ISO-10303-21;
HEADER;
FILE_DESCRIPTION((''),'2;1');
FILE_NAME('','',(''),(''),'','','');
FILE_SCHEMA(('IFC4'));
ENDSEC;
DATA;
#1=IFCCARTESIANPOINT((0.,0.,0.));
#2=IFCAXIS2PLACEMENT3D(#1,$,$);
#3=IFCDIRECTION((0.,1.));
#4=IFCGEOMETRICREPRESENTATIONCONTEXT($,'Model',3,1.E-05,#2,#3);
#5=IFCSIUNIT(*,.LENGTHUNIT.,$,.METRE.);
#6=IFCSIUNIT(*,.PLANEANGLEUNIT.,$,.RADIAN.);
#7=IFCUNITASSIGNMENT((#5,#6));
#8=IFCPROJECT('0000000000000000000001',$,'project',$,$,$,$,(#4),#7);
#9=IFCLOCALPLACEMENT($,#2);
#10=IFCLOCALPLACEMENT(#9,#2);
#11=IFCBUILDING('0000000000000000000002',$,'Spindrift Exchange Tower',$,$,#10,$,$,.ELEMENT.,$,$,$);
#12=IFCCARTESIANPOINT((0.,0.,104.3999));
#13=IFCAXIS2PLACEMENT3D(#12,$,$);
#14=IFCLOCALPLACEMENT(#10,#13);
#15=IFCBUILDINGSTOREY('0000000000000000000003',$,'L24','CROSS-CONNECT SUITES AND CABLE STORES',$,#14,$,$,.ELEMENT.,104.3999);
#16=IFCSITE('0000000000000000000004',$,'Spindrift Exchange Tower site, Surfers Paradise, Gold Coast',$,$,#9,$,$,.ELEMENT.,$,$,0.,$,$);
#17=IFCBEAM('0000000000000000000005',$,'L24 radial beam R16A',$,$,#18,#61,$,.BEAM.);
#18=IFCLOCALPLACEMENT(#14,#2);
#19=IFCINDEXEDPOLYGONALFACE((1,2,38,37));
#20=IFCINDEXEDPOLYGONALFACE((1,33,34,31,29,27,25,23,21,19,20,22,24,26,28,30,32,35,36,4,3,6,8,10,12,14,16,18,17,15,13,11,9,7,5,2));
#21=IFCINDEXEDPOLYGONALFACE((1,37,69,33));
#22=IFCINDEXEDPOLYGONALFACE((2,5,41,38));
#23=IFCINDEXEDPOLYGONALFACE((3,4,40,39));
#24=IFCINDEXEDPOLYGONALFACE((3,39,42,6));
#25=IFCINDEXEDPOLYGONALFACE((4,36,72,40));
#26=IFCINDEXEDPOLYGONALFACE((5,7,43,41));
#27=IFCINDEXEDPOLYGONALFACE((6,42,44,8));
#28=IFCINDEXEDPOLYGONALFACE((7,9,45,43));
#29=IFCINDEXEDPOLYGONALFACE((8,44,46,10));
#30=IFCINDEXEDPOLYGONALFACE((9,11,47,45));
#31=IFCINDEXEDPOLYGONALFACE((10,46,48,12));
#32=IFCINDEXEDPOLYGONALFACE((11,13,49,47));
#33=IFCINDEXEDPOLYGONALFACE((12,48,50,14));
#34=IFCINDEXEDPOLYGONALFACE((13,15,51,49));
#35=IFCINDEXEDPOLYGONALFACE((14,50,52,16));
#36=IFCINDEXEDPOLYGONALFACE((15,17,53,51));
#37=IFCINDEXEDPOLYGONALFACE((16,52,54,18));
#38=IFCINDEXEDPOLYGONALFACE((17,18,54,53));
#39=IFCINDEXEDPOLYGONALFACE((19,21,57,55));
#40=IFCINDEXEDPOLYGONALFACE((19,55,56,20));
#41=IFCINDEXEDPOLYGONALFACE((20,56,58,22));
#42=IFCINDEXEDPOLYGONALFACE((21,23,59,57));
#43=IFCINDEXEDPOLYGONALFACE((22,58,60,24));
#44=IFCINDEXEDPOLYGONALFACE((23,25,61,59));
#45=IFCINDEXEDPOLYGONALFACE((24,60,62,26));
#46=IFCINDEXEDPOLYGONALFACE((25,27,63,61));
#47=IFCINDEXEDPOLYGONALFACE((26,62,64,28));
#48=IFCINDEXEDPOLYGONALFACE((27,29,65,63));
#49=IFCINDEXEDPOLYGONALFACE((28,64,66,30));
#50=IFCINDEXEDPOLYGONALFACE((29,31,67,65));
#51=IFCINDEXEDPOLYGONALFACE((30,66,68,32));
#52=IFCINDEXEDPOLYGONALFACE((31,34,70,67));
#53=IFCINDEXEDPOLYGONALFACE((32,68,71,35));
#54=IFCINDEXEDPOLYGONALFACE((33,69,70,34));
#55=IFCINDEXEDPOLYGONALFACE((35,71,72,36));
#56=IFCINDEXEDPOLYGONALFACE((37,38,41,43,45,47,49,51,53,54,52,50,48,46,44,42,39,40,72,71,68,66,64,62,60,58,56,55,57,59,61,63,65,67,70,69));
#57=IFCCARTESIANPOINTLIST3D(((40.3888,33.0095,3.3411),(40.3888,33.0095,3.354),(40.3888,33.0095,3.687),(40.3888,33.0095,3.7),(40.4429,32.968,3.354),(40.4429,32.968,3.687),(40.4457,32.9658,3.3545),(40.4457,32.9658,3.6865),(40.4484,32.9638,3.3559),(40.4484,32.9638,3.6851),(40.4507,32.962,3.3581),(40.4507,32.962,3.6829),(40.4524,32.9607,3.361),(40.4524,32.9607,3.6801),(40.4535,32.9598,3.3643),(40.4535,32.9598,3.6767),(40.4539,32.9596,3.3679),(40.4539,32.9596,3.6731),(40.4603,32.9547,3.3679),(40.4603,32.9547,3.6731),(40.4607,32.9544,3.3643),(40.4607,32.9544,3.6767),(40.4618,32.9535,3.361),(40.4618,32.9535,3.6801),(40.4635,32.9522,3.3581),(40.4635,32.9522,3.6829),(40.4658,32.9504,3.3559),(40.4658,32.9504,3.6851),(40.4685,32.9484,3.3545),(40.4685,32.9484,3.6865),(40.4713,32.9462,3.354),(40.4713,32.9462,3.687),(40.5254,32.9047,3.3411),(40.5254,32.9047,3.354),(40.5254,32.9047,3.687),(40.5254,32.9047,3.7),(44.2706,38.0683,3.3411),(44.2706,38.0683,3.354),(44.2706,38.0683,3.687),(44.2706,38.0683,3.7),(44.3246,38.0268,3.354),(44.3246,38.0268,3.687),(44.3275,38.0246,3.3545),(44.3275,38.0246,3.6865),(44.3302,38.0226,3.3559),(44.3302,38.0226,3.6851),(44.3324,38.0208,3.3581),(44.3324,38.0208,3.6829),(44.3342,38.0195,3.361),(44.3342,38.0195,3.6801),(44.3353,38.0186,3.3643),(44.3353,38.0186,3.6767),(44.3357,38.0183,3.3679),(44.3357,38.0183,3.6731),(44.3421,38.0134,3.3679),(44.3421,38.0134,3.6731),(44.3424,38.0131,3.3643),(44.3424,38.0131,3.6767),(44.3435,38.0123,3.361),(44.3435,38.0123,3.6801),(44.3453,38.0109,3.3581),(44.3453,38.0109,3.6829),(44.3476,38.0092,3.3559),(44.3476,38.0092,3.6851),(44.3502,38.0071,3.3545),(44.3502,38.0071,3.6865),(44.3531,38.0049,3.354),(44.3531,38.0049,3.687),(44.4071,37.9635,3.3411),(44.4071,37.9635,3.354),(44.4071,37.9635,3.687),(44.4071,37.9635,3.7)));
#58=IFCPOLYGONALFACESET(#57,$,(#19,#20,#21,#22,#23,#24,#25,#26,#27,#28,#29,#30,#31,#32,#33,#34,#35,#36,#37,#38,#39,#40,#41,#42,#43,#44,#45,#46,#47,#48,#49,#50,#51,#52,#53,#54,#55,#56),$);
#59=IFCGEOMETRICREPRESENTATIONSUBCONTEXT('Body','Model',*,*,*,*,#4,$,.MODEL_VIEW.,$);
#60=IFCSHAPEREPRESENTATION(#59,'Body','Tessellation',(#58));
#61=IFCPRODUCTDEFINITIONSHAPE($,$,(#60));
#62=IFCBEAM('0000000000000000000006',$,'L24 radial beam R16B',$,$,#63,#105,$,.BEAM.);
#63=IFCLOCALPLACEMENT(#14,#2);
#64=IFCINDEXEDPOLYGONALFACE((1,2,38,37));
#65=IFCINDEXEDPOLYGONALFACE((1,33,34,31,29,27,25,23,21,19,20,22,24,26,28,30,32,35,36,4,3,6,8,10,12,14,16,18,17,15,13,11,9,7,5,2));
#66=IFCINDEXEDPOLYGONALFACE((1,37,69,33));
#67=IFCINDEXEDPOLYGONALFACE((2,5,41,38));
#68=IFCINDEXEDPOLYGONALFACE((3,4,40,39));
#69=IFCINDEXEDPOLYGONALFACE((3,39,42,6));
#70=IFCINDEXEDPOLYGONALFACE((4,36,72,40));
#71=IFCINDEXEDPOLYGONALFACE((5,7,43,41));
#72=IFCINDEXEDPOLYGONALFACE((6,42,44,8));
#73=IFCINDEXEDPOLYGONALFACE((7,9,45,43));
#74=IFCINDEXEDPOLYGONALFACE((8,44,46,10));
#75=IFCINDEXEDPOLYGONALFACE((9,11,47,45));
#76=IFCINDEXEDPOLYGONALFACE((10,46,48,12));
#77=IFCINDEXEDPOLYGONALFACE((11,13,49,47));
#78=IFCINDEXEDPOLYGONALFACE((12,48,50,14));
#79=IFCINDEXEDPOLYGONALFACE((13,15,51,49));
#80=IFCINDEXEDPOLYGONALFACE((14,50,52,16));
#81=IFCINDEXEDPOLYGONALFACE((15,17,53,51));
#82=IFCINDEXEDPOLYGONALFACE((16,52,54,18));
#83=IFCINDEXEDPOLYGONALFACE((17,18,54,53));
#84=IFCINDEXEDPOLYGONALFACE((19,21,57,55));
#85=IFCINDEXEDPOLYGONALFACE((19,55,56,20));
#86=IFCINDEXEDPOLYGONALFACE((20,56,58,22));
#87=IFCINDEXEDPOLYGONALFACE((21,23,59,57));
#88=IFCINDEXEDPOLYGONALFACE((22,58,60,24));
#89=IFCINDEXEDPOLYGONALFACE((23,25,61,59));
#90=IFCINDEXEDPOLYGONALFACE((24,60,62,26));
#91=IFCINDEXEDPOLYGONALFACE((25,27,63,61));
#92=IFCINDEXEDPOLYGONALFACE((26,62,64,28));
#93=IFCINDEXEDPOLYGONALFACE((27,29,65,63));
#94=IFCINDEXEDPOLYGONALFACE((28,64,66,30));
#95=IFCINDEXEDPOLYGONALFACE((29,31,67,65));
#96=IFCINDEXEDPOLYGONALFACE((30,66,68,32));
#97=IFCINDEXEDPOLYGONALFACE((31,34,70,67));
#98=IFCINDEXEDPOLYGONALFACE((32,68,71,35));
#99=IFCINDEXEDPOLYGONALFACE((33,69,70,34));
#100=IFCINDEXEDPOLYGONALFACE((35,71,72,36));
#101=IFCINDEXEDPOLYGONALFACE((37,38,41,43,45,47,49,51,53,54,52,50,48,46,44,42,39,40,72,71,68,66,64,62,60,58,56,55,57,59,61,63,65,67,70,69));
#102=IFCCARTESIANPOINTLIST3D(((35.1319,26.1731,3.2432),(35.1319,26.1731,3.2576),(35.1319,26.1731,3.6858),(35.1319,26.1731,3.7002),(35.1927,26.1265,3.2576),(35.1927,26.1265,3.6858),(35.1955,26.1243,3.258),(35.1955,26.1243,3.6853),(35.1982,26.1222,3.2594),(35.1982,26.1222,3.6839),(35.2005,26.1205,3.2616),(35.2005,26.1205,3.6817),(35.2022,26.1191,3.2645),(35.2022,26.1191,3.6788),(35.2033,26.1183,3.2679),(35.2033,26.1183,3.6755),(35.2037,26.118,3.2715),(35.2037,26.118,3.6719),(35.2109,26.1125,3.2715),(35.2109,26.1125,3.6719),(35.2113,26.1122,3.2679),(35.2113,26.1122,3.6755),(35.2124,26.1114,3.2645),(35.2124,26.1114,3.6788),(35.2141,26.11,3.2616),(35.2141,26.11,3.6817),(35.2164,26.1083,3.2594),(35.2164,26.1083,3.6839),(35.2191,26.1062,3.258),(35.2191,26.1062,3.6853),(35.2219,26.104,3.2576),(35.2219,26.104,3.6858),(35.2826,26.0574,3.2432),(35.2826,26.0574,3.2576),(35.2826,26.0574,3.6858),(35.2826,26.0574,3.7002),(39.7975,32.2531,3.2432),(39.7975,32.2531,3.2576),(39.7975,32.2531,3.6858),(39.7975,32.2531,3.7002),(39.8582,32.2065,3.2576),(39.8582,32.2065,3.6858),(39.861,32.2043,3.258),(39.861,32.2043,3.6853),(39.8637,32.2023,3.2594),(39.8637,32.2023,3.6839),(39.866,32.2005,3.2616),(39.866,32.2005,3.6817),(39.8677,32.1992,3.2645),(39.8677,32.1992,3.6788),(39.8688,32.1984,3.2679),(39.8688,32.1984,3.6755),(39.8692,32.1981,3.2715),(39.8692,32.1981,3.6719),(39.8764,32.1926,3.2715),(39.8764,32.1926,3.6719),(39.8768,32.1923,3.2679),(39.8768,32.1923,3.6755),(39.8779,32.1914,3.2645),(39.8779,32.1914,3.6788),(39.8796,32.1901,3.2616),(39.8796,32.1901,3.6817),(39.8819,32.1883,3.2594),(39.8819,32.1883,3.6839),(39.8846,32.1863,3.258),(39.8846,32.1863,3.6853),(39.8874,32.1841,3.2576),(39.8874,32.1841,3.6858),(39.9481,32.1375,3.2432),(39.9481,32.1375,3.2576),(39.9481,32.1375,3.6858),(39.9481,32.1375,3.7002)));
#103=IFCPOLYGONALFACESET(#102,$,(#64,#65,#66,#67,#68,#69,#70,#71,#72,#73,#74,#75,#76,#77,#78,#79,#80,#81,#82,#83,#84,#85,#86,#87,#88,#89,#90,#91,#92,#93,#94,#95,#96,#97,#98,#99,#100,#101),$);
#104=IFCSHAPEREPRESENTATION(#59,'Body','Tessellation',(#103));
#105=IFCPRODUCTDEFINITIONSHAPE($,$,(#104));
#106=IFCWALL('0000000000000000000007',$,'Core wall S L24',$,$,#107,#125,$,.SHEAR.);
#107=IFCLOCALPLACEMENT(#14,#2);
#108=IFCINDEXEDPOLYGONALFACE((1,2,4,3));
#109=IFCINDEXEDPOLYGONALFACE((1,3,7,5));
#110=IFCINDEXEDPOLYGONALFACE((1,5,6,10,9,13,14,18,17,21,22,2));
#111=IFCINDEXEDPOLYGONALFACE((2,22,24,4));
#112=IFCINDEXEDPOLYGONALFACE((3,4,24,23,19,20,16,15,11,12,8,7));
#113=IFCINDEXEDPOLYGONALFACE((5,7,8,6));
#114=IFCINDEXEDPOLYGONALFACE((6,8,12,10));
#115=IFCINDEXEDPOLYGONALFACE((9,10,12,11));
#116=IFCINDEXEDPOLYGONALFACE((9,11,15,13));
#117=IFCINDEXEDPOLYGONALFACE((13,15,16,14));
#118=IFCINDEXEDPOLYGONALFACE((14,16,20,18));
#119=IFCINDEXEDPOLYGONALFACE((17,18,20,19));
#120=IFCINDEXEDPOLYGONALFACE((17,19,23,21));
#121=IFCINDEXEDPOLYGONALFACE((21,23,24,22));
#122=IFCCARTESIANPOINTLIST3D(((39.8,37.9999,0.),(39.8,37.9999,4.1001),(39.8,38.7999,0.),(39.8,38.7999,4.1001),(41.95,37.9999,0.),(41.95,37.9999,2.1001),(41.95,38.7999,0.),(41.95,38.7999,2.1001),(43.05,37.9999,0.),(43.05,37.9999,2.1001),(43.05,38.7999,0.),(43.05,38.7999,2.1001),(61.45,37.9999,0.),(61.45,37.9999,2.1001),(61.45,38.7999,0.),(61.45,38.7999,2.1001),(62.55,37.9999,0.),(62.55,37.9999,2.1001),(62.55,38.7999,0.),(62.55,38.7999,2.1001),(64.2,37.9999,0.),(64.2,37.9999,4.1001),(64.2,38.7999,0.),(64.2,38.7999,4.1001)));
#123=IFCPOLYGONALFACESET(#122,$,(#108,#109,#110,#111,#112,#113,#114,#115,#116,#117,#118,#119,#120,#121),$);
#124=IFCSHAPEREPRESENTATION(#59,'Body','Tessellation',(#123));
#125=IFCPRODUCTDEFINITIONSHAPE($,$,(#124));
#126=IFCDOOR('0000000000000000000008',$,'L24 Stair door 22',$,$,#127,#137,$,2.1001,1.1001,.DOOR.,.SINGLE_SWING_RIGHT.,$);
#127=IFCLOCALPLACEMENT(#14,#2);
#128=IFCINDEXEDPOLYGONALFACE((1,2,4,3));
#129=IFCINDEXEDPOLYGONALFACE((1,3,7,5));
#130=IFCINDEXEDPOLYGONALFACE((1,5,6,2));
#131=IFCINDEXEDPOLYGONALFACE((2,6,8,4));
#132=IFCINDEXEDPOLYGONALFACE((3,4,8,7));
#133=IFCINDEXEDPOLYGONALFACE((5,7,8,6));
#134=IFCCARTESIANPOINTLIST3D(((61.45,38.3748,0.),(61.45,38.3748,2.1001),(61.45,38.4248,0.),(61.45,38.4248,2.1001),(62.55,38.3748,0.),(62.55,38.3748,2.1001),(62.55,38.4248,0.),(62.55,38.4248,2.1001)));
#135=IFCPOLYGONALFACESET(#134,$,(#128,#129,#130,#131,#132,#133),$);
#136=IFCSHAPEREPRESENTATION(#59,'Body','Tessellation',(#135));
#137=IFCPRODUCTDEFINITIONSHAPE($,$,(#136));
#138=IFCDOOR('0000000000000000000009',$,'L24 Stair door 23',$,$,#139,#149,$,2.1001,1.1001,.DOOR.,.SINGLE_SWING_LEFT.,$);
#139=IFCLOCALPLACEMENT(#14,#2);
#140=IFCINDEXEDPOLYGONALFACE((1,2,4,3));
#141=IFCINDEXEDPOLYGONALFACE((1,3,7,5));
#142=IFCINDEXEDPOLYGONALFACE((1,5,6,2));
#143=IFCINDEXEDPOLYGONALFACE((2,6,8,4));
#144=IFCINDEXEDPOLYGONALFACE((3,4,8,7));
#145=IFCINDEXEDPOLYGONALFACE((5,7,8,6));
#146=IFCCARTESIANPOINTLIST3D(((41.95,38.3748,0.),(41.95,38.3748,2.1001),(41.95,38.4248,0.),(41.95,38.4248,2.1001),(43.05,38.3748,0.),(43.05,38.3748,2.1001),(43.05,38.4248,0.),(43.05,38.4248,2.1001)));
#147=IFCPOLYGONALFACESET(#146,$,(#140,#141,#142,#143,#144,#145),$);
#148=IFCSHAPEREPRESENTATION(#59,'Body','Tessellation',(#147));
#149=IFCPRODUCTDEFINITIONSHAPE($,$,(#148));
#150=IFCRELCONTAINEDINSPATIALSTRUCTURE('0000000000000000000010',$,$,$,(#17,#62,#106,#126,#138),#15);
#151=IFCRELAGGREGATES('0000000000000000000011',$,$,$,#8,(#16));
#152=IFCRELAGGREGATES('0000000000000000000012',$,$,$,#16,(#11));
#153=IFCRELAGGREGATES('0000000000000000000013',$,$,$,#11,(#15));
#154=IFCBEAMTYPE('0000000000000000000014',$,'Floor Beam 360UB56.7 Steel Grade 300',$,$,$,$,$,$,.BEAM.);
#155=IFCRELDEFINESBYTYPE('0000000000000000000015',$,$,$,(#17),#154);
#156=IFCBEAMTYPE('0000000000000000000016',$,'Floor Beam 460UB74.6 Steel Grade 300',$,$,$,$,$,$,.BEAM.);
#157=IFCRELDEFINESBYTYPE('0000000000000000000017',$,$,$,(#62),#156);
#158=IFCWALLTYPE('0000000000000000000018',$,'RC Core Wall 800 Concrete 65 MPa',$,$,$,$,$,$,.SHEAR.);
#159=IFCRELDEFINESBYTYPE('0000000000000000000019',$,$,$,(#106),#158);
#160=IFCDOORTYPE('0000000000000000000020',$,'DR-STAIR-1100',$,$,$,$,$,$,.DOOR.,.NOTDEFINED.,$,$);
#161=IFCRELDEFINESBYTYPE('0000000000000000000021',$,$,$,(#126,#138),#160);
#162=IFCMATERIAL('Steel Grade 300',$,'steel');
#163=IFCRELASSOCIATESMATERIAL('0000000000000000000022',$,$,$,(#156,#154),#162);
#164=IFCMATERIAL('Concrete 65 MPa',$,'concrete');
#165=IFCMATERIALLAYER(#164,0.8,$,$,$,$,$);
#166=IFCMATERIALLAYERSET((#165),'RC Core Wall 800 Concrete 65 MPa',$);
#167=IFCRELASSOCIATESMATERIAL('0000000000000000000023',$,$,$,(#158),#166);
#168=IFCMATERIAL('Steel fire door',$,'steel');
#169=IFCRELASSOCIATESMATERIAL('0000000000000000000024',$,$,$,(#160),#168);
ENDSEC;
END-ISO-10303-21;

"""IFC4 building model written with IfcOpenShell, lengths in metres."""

from ifc_helpers import new_model, si_unit, direction, frame, frame_2d, origin, origin_2d, place, context, subcontext, project, spatial, rectangle, i_section, extrude, source, transform, mapped, material, layer, layer_set, material_profile, profile_set, type_object, element, fill, save


model = new_model("IFC4")

# Units and contexts
model_context = context("Model", 3, precision=1e-05, world=origin(), true_north=direction((0.0, 1.0)))
body_context = subcontext(model_context, "Body", "Model", "MODEL_VIEW")
ifc_project = project(units=[si_unit("LENGTHUNIT", "METRE"), si_unit("PLANEANGLEUNIT", "RADIAN")], contexts=[model_context])

# Site, building, storey
site_placement = place(None, origin())
site = spatial("IfcSite", under=ifc_project, at=site_placement, Name="Spindrift Exchange Tower site, Surfers Paradise, Gold Coast", CompositionType="ELEMENT", RefElevation=0.0)
building_placement = place(site_placement, origin())
building = spatial("IfcBuilding", under=site, at=building_placement, Name="Spindrift Exchange Tower", CompositionType="ELEMENT")
storey_placement = place(building_placement, frame((0.0, 0.0, 104.3999)))
storey = spatial("IfcBuildingStorey", under=building, at=storey_placement, Name="L24", Description="CROSS-CONNECT SUITES AND CABLE STORES", CompositionType="ELEMENT", Elevation=104.3999)

# Shared definitions
ifc_material_1 = material(Name="Concrete 65 MPa", Category="concrete")

# Beams
ifc_material_2 = material(Name="Steel Grade 300", Category="steel")
ifc_material_profile_1 = material_profile(ifc_material_2, i_section(OverallWidth=0.1899, OverallDepth=0.457, WebThickness=0.009, FlangeThickness=0.0144, FilletRadius=0.0139, at=origin_2d()), Name="460UB74.6")
ifc_profile_set_1 = profile_set([ifc_material_profile_1], Name="Steel Grade 300")
beam_type_1 = type_object("IfcBeamType", Name="Floor Beam 460UB74.6 Steel Grade 300", PredefinedType="BEAM", material=ifc_profile_set_1)
ifc_material_profile_2 = material_profile(ifc_material_2, i_section(OverallWidth=0.1721, OverallDepth=0.3589, WebThickness=0.0081, FlangeThickness=0.0129, FilletRadius=0.0139, at=origin_2d()), Name="360UB56.7")
ifc_profile_set_2 = profile_set([ifc_material_profile_2], Name="Steel Grade 300")
beam_type_2 = type_object("IfcBeamType", Name="Floor Beam 360UB56.7 Steel Grade 300", PredefinedType="BEAM", material=ifc_profile_set_2)
shared_shape_1 = source(origin(), body_context, "Body", "SweptSolid", [
    extrude(i_section(OverallWidth=0.1721, OverallDepth=0.3589, WebThickness=0.0081, FlangeThickness=0.0129, FilletRadius=0.0139, at=origin_2d()), origin(), (0.0, 0.0, 1.0), 6.3765),
])
beam_1_placement = place(storey_placement, frame((44.3389, 38.0159, 3.5205), z_axis=(-0.608767, -0.793349, 0.0), x_axis=(0.793349, -0.608767, 0.0)))
element("IfcBeam", 1, at=beam_1_placement, inside=storey, type_object=beam_type_2, Name="L24 radial beam R16A", PredefinedType="BEAM", context=body_context, shape_type="MappedRepresentation", body=[
    mapped(shared_shape_1, transform((0.0, 0.0, 0.0), scale=1.0)),
])
shared_shape_2 = source(origin(), body_context, "Body", "SweptSolid", [
    extrude(i_section(OverallWidth=0.1899, OverallDepth=0.457, WebThickness=0.009, FlangeThickness=0.0144, FilletRadius=0.0139, at=origin_2d()), origin(), (0.0, 0.0, 1.0), 7.6638),
])
beam_2_placement = place(storey_placement, frame((39.8728, 32.1953, 3.4717), z_axis=(-0.608771, -0.793346, 0.0), x_axis=(0.793346, -0.608771, 0.0)))
element("IfcBeam", 2, at=beam_2_placement, inside=storey, type_object=beam_type_1, Name="L24 radial beam R16B", PredefinedType="BEAM", context=body_context, shape_type="MappedRepresentation", body=[
    mapped(shared_shape_2, transform((0.0, 0.0, 0.0), scale=1.0)),
])

# Wall, openings, doors
ifc_layer_1 = layer(ifc_material_1, 0.8)
ifc_layer_set_1 = layer_set([ifc_layer_1], Name="RC Core Wall 800 Concrete 65 MPa")
wall_type_1 = type_object("IfcWallType", Name="RC Core Wall 800 Concrete 65 MPa", PredefinedType="SHEAR", material=ifc_layer_set_1)
wall_1_placement = place(storey_placement, frame((39.8, 38.3999, 0.0), z_axis=(0.0, 0.0, 1.0), x_axis=(1.0, 0.0, 0.0)))
wall_1 = element("IfcWall", 3, at=wall_1_placement, inside=storey, type_object=wall_type_1, Name="Core wall S L24", PredefinedType="SHEAR", context=body_context, shape_type="SweptSolid", body=[
    extrude(rectangle(XDim=24.3999, YDim=0.8, at=frame_2d((12.2, 0.0))), origin(), (0.0, 0.0, 1.0), 4.1001),
])
opening_1_placement = place(wall_1_placement, frame((21.6499, 0.0, 0.0)))
opening_1 = element("IfcOpeningElement", 4, at=opening_1_placement, cuts=wall_1, PredefinedType="OPENING", context=body_context, shape_type="SweptSolid", body=[
    extrude(rectangle(XDim=1.1001, YDim=2.1001, at=frame_2d((0.55, 1.05))), frame((0.0, 0.4099, 0.0), z_axis=(0.0, -1.0, 0.0), x_axis=(1.0, 0.0, 0.0)), (0.0, 0.0, 1.0), 0.8201),
])
opening_2_placement = place(wall_1_placement, frame((2.1499, 0.0, 0.0)))
opening_2 = element("IfcOpeningElement", 5, at=opening_2_placement, cuts=wall_1, PredefinedType="OPENING", context=body_context, shape_type="SweptSolid", body=[
    extrude(rectangle(XDim=1.1001, YDim=2.1001, at=frame_2d((0.55, 1.05))), frame((0.0, 0.4099, 0.0), z_axis=(0.0, -1.0, 0.0), x_axis=(1.0, 0.0, 0.0)), (0.0, 0.0, 1.0), 0.8201),
])
ifc_material_3 = material(Name="Steel fire door", Category="steel")
door_type_1 = type_object("IfcDoorType", Name="DR-STAIR-1100", OperationType="NOTDEFINED", PredefinedType="DOOR", material=ifc_material_3)
shared_shape_3 = source(origin(), body_context, "Body", "SweptSolid", [
    extrude(rectangle(XDim=1.1001, YDim=2.1001, at=frame_2d((0.55, 1.05))), frame((0.0, 0.0249, 0.0), z_axis=(0.0, -1.0, 0.0), x_axis=(1.0, 0.0, 0.0)), (0.0, 0.0, 1.0), 0.05),
])
door_1_placement = place(opening_1_placement, origin())
door_1 = element("IfcDoor", 6, at=door_1_placement, inside=storey, type_object=door_type_1, Name="L24 Stair door 22", OperationType="SINGLE_SWING_RIGHT", OverallHeight=2.1001, OverallWidth=1.1001, PredefinedType="DOOR", context=body_context, shape_type="MappedRepresentation", body=[
    mapped(shared_shape_3, transform((0.0, 0.0, 0.0), scale=1.0)),
])
fill(opening_1, door_1)
door_2_placement = place(opening_2_placement, origin())
door_2 = element("IfcDoor", 7, at=door_2_placement, inside=storey, type_object=door_type_1, Name="L24 Stair door 23", OperationType="SINGLE_SWING_LEFT", OverallHeight=2.1001, OverallWidth=1.1001, PredefinedType="DOOR", context=body_context, shape_type="MappedRepresentation", body=[
    mapped(shared_shape_3, transform((0.0, 0.0, 0.0), scale=1.0)),
])
fill(opening_2, door_2)

save(model, "model.ifc")
